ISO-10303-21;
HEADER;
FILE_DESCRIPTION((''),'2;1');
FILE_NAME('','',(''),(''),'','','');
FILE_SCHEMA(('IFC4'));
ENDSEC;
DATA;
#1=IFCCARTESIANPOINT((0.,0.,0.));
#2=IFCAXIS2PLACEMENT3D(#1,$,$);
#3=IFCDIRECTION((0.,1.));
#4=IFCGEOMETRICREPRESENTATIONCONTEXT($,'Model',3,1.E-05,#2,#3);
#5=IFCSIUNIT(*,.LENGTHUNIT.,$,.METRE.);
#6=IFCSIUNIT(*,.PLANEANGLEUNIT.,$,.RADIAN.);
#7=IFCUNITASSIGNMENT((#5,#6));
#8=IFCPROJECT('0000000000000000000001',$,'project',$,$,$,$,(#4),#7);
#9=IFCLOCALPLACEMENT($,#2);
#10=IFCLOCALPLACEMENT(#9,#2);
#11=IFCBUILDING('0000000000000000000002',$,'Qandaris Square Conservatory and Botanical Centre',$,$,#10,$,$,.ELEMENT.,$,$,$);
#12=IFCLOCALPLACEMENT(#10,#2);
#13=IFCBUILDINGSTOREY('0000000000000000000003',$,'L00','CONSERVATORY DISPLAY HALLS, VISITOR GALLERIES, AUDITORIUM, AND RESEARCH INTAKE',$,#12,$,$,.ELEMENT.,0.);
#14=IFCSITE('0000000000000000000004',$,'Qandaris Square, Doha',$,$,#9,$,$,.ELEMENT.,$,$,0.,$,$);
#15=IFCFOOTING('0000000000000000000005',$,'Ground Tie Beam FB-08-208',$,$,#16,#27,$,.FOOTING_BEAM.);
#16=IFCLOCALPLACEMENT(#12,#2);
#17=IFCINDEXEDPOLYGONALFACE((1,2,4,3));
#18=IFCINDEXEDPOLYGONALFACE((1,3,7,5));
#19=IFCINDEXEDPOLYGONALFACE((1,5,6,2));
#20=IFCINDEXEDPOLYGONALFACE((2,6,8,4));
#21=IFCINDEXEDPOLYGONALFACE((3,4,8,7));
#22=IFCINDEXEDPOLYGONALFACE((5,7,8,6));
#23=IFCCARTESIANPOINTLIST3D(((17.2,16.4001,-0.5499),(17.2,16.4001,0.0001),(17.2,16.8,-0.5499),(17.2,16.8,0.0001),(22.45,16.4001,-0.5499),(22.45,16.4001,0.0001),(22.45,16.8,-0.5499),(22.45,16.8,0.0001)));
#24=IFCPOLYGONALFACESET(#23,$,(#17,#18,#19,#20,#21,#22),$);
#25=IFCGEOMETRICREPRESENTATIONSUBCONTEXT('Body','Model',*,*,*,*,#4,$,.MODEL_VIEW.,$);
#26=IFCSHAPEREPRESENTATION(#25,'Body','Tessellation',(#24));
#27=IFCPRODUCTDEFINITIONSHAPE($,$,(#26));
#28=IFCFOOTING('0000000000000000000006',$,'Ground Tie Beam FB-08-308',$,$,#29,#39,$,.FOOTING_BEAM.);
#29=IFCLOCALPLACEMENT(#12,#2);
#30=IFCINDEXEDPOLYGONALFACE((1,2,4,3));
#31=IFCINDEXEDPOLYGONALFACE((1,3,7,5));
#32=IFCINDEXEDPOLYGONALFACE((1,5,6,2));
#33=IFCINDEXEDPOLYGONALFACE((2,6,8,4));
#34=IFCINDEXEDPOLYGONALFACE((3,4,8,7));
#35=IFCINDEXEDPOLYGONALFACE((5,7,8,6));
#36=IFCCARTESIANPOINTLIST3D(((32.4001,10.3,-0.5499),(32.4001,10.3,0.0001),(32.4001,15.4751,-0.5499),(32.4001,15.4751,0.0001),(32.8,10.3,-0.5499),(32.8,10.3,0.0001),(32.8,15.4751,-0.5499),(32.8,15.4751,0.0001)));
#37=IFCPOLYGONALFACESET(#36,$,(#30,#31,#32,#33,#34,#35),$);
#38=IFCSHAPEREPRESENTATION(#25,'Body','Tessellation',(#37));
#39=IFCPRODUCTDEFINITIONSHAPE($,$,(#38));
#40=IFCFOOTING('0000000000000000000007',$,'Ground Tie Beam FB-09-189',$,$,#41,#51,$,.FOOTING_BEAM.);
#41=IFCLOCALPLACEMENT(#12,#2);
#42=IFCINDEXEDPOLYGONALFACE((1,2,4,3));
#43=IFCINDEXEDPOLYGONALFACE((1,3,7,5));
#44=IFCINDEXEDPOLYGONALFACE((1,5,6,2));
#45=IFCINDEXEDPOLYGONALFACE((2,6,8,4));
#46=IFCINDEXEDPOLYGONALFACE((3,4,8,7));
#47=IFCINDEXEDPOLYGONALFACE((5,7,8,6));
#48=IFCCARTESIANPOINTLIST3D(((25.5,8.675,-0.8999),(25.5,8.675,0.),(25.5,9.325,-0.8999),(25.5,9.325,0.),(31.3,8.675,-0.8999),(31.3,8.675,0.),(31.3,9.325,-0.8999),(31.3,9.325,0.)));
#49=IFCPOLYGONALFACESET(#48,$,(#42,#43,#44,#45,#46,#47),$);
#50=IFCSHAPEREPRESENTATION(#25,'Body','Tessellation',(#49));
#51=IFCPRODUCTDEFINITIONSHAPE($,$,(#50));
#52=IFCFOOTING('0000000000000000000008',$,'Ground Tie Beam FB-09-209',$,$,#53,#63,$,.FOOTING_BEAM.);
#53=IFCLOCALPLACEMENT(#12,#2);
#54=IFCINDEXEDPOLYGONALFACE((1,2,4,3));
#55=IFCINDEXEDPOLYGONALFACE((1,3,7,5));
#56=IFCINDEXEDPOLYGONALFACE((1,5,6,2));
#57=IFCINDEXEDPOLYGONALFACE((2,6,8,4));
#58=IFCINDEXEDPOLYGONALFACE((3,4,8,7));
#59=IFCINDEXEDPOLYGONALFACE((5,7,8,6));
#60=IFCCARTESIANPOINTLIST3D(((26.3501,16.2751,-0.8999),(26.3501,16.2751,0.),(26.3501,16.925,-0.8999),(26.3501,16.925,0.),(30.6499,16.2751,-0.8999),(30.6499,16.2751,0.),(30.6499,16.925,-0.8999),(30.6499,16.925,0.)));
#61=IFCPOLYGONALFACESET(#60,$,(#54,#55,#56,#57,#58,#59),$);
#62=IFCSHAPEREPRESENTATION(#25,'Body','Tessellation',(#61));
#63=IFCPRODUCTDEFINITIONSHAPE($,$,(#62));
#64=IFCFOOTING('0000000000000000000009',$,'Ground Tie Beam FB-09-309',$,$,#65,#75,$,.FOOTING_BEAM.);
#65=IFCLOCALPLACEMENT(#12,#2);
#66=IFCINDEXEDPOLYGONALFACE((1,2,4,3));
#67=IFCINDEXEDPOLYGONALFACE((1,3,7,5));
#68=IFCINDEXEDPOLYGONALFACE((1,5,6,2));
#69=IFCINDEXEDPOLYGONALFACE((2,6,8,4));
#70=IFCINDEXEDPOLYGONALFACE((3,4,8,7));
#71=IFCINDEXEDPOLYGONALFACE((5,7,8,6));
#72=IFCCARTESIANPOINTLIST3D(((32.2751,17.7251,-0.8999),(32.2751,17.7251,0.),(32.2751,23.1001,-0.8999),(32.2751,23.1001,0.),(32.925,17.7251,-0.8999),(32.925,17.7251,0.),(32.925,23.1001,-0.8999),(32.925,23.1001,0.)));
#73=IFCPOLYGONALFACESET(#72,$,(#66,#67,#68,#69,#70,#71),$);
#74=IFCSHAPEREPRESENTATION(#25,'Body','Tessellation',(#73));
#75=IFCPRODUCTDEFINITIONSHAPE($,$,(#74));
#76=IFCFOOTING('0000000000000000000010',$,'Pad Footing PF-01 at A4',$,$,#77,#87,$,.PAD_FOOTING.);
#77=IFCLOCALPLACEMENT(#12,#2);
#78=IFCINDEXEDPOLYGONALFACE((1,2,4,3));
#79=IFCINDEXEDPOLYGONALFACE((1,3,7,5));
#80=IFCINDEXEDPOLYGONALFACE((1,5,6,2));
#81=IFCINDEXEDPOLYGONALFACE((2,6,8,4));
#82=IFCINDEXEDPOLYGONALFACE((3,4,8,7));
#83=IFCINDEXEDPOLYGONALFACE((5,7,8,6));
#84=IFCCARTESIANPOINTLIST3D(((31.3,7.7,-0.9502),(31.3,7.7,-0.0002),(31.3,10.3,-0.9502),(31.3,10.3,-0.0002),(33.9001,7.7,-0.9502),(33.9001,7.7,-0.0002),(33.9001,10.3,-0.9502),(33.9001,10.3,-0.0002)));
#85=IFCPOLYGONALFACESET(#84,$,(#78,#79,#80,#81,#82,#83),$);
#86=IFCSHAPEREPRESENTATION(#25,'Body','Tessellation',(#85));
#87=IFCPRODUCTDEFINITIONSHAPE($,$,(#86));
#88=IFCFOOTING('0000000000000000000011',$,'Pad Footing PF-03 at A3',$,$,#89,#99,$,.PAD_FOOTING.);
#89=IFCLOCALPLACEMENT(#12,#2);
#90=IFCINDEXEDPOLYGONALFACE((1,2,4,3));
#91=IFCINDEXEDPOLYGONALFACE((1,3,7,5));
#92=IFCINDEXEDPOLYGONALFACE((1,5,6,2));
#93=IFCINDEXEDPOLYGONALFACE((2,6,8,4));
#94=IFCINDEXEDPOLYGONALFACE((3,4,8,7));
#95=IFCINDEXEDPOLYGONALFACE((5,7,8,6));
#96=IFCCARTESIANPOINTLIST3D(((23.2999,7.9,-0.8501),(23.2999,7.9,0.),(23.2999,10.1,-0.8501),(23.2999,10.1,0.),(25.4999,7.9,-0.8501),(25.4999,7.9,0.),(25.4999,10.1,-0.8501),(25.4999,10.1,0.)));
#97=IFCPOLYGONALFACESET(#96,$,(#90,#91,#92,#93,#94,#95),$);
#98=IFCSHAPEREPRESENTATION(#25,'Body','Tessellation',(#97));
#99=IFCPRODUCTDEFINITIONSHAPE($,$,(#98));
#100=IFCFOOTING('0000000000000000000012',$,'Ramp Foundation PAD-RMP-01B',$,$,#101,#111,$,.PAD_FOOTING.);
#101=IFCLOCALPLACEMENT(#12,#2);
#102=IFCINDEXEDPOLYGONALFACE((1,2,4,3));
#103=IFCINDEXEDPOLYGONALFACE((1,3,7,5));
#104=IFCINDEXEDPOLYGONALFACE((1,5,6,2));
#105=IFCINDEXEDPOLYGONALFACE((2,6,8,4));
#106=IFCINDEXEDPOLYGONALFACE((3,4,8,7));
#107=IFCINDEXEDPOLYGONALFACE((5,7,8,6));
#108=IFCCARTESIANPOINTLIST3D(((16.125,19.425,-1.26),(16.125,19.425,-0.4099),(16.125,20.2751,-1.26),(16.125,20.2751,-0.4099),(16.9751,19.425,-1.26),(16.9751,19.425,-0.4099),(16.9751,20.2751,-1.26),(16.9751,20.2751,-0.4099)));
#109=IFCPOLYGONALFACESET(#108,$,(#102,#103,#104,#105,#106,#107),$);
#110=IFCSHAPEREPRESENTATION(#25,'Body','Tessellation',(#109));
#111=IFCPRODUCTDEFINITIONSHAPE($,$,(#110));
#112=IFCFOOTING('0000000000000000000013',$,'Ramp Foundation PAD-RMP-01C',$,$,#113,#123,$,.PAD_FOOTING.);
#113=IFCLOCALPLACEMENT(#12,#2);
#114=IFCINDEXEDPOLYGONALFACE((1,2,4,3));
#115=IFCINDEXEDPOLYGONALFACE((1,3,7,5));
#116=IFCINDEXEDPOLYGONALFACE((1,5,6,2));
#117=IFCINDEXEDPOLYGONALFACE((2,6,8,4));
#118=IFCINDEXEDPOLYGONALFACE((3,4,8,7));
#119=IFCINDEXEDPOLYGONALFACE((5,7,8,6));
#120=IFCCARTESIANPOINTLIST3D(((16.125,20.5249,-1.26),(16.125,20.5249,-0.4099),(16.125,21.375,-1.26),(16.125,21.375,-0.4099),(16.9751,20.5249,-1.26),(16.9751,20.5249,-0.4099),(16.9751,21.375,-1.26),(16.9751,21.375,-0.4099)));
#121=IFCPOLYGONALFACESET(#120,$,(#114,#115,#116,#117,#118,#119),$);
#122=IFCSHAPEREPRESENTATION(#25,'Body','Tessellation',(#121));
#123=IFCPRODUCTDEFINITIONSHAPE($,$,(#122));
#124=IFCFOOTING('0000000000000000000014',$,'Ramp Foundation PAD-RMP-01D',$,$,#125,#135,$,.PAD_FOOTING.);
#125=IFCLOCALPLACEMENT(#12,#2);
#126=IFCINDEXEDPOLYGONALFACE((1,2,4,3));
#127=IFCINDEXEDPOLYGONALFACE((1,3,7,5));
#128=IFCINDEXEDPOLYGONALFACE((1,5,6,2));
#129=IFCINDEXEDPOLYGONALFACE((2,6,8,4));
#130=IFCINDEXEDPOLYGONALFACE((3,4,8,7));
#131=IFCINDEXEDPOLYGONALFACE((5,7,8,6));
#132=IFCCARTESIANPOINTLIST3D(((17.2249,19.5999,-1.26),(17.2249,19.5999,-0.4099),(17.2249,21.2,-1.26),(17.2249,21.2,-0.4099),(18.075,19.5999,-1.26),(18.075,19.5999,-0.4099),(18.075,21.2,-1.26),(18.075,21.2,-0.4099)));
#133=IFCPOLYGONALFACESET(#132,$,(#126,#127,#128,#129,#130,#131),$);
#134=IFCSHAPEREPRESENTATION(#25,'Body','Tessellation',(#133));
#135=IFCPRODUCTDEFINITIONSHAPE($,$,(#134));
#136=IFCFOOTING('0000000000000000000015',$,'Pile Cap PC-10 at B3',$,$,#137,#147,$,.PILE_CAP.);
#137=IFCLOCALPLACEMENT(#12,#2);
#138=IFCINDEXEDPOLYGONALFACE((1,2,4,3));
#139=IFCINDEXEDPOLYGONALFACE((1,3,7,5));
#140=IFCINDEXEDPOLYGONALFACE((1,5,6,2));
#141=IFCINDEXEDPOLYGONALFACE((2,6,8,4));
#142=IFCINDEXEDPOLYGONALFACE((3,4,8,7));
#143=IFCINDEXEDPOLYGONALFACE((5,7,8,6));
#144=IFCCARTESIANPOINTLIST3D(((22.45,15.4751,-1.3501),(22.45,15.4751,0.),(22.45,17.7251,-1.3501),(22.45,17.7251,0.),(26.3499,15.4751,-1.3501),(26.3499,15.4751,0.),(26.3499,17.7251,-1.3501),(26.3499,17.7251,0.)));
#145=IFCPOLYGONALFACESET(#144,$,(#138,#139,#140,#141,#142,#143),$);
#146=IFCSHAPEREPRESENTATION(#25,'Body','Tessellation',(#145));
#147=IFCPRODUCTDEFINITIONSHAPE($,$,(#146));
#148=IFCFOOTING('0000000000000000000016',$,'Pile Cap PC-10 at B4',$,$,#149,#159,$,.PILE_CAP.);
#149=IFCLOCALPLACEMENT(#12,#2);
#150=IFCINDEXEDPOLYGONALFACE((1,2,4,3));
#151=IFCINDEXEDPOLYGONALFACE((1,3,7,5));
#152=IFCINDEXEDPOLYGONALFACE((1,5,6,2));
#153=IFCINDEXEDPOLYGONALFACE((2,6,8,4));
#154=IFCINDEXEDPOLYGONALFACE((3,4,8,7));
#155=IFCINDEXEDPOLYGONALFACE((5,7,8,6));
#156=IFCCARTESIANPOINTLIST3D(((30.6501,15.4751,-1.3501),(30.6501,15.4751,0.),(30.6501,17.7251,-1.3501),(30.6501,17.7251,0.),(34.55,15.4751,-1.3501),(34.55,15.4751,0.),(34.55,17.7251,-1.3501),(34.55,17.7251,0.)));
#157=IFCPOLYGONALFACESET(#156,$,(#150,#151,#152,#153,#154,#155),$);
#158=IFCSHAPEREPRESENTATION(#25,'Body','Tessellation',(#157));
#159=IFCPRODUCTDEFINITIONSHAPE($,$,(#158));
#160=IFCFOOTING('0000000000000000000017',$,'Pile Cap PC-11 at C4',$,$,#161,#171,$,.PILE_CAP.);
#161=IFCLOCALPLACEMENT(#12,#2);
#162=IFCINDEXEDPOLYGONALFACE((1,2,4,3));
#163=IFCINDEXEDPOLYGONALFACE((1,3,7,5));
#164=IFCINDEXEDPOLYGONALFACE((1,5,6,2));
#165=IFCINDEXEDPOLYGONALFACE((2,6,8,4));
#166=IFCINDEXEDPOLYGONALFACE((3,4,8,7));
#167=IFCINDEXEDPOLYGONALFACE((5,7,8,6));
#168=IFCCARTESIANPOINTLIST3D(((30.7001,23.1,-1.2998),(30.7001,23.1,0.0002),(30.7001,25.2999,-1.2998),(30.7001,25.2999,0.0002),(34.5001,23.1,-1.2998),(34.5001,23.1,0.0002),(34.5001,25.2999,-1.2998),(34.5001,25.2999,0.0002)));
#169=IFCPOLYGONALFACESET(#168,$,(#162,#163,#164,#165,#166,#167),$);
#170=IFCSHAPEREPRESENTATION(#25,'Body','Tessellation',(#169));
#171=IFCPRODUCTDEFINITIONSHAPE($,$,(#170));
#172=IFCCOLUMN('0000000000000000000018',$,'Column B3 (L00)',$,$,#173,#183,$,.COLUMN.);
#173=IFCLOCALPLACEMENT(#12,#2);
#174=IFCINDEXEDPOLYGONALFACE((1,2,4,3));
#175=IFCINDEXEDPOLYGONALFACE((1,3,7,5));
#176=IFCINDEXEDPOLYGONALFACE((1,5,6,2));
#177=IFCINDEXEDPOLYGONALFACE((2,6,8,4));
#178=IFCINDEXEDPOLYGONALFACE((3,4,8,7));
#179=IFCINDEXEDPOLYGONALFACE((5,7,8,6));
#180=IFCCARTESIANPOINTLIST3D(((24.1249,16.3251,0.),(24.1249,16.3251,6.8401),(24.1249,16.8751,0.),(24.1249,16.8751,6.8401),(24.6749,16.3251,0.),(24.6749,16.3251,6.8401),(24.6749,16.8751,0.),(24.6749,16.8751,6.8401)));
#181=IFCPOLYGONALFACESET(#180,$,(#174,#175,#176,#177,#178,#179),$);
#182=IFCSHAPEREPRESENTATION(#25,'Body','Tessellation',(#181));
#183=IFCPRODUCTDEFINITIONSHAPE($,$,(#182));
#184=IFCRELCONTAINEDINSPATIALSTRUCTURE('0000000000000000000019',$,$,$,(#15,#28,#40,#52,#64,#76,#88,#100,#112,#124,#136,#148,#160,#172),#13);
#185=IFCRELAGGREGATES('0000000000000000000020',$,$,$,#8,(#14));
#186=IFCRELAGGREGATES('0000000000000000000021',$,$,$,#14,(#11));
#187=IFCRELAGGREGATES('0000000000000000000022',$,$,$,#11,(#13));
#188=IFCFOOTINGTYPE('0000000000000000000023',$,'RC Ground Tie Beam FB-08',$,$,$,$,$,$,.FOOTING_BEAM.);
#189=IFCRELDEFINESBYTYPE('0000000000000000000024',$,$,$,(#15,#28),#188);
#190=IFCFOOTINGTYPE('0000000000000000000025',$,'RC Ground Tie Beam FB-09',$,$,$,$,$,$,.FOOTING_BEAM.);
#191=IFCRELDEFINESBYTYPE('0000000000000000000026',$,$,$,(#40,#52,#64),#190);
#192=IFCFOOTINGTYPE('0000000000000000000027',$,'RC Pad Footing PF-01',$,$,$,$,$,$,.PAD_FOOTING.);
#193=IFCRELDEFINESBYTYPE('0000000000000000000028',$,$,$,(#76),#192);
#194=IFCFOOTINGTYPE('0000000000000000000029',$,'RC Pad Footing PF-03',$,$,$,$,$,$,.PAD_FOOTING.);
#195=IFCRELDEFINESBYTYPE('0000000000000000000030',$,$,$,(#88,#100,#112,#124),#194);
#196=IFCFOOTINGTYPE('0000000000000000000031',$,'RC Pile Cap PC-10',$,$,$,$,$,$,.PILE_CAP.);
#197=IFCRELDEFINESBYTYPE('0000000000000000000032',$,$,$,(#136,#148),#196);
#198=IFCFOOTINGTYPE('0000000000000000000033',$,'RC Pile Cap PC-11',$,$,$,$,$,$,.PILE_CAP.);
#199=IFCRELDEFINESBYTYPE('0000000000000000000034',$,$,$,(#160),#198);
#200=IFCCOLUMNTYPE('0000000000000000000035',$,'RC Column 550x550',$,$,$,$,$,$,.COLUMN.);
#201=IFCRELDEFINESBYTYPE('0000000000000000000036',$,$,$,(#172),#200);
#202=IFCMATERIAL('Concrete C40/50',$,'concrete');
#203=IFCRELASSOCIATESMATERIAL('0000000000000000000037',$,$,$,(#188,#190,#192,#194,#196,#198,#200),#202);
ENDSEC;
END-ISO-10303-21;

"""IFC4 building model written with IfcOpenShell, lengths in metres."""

from ifc_helpers import new_model, si_unit, direction, frame, origin, origin_2d, place, context, subcontext, project, spatial, rectangle, extrude, material, material_profile, profile_set, type_object, element, save


model = new_model("IFC4")

# Units and contexts
model_context = context("Model", 3, precision=1e-05, world=origin(), true_north=direction((0.0, 1.0)))
body_context = subcontext(model_context, "Body", "Model", "MODEL_VIEW")
ifc_project = project(units=[si_unit("LENGTHUNIT", "METRE"), si_unit("PLANEANGLEUNIT", "RADIAN")], contexts=[model_context])

# Site, building, storey
site_placement = place(None, origin())
site = spatial("IfcSite", under=ifc_project, at=site_placement, Name="Qandaris Square, Doha", CompositionType="ELEMENT", RefElevation=0.0)
building_placement = place(site_placement, origin())
building = spatial("IfcBuilding", under=site, at=building_placement, Name="Qandaris Square Conservatory and Botanical Centre", CompositionType="ELEMENT")
storey_placement = place(building_placement, origin())
storey = spatial("IfcBuildingStorey", under=building, at=storey_placement, Name="L00", Description="CONSERVATORY DISPLAY HALLS, VISITOR GALLERIES, AUDITORIUM, AND RESEARCH INTAKE", CompositionType="ELEMENT", Elevation=0.0)

# Footings
ifc_material_1 = material(Name="Concrete C40/50", Category="concrete")
ifc_material_profile_1 = material_profile(ifc_material_1, rectangle(XDim=0.3999, YDim=0.55, at=origin_2d()), Name="FB 400x550")
ifc_profile_set_1 = profile_set([ifc_material_profile_1], Name="Concrete C40/50")
footing_type_1 = type_object("IfcFootingType", Name="RC Ground Tie Beam FB-08", PredefinedType="FOOTING_BEAM", material=ifc_profile_set_1)
footing_1_placement = place(storey_placement, frame((17.2, 16.6001, -0.2749), z_axis=(1.0, 0.0, 0.0), x_axis=(0.0, 1.0, 0.0)))
element("IfcFooting", 1, at=footing_1_placement, inside=storey, type_object=footing_type_1, Name="Ground Tie Beam FB-08-208", PredefinedType="FOOTING_BEAM", context=body_context, shape_type="SweptSolid", body=[
    extrude(rectangle(XDim=0.3999, YDim=0.55, at=origin_2d()), origin(), (0.0, 0.0, 1.0), 5.25),
])
footing_2_placement = place(storey_placement, frame((32.6001, 10.3, -0.2749), z_axis=(0.0, 1.0, 0.0), x_axis=(-1.0, 0.0, 0.0)))
element("IfcFooting", 2, at=footing_2_placement, inside=storey, type_object=footing_type_1, Name="Ground Tie Beam FB-08-308", PredefinedType="FOOTING_BEAM", context=body_context, shape_type="SweptSolid", body=[
    extrude(rectangle(XDim=0.3999, YDim=0.55, at=origin_2d()), origin(), (0.0, 0.0, 1.0), 5.175),
])
ifc_material_profile_2 = material_profile(ifc_material_1, rectangle(XDim=0.6499, YDim=0.8999, at=origin_2d()), Name="FB 650x900")
ifc_profile_set_2 = profile_set([ifc_material_profile_2], Name="Concrete C40/50")
footing_type_2 = type_object("IfcFootingType", Name="RC Ground Tie Beam FB-09", PredefinedType="FOOTING_BEAM", material=ifc_profile_set_2)
footing_3_placement = place(storey_placement, frame((25.5, 9.0, -0.45), z_axis=(1.0, 0.0, 0.0), x_axis=(0.0, 1.0, 0.0)))
element("IfcFooting", 3, at=footing_3_placement, inside=storey, type_object=footing_type_2, Name="Ground Tie Beam FB-09-189", PredefinedType="FOOTING_BEAM", context=body_context, shape_type="SweptSolid", body=[
    extrude(rectangle(XDim=0.6499, YDim=0.8999, at=origin_2d()), origin(), (0.0, 0.0, 1.0), 5.8),
])
footing_4_placement = place(storey_placement, frame((26.3501, 16.6001, -0.45), z_axis=(1.0, 0.0, 0.0), x_axis=(0.0, 1.0, 0.0)))
element("IfcFooting", 4, at=footing_4_placement, inside=storey, type_object=footing_type_2, Name="Ground Tie Beam FB-09-209", PredefinedType="FOOTING_BEAM", context=body_context, shape_type="SweptSolid", body=[
    extrude(rectangle(XDim=0.6499, YDim=0.8999, at=origin_2d()), origin(), (0.0, 0.0, 1.0), 4.2998),
])
footing_5_placement = place(storey_placement, frame((32.6001, 17.7251, -0.45), z_axis=(0.0, 1.0, 0.0), x_axis=(-1.0, 0.0, 0.0)))
element("IfcFooting", 5, at=footing_5_placement, inside=storey, type_object=footing_type_2, Name="Ground Tie Beam FB-09-309", PredefinedType="FOOTING_BEAM", context=body_context, shape_type="SweptSolid", body=[
    extrude(rectangle(XDim=0.6499, YDim=0.8999, at=origin_2d()), origin(), (0.0, 0.0, 1.0), 5.375),
])
footing_type_3 = type_object("IfcFootingType", Name="RC Pad Footing PF-01", PredefinedType="PAD_FOOTING", material=ifc_material_1)
footing_6_placement = place(storey_placement, frame((32.6001, 9.0, -0.9502), z_axis=(0.0, 0.0, 1.0), x_axis=(1.0, 0.0, 0.0)))
element("IfcFooting", 6, at=footing_6_placement, inside=storey, type_object=footing_type_3, Name="Pad Footing PF-01 at A4", PredefinedType="PAD_FOOTING", context=body_context, shape_type="SweptSolid", body=[
    extrude(rectangle(XDim=2.6001, YDim=2.6001, at=origin_2d()), origin(), (0.0, 0.0, 1.0), 0.95),
])
footing_type_4 = type_object("IfcFootingType", Name="RC Pad Footing PF-03", PredefinedType="PAD_FOOTING", material=ifc_material_1)
footing_7_placement = place(storey_placement, frame((24.3999, 9.0, -0.8501), z_axis=(0.0, 0.0, 1.0), x_axis=(1.0, 0.0, 0.0)))
element("IfcFooting", 7, at=footing_7_placement, inside=storey, type_object=footing_type_4, Name="Pad Footing PF-03 at A3", PredefinedType="PAD_FOOTING", context=body_context, shape_type="SweptSolid", body=[
    extrude(rectangle(XDim=2.2, YDim=2.2, at=origin_2d()), origin(), (0.0, 0.0, 1.0), 0.8501),
])
for number, where, z_axis, x_axis, name in (
    (8, (16.55, 19.8501, -1.26), (0.0, 0.0, 1.0), (1.0, 0.0, 0.0), "Ramp Foundation PAD-RMP-01B"),
    (9, (16.55, 20.95, -1.26), (0.0, 0.0, 1.0), (1.0, 0.0, 0.0), "Ramp Foundation PAD-RMP-01C"),
):
    element("IfcFooting", number, at=place(storey_placement, frame(where, z_axis=z_axis, x_axis=x_axis)), inside=storey, type_object=footing_type_4, Name=name, PredefinedType="PAD_FOOTING", context=body_context, shape_type="SweptSolid", body=[
        extrude(rectangle(XDim=0.8501, YDim=0.8501, at=origin_2d()), origin(), (0.0, 0.0, 1.0), 0.8501),
    ])
footing_8_placement = place(storey_placement, frame((17.6499, 20.3999, -1.26), z_axis=(0.0, 0.0, 1.0), x_axis=(1.0, 0.0, 0.0)))
element("IfcFooting", 10, at=footing_8_placement, inside=storey, type_object=footing_type_4, Name="Ramp Foundation PAD-RMP-01D", PredefinedType="PAD_FOOTING", context=body_context, shape_type="SweptSolid", body=[
    extrude(rectangle(XDim=0.8501, YDim=1.6001, at=origin_2d()), origin(), (0.0, 0.0, 1.0), 0.8501),
])
footing_type_5 = type_object("IfcFootingType", Name="RC Pile Cap PC-10", PredefinedType="PILE_CAP", material=ifc_material_1)
for number, where, z_axis, x_axis, name in (
    (11, (24.3999, 16.6001, -1.3501), (0.0, 0.0, 1.0), (1.0, 0.0, 0.0), "Pile Cap PC-10 at B3"),
    (12, (32.6001, 16.6001, -1.3501), (0.0, 0.0, 1.0), (1.0, 0.0, 0.0), "Pile Cap PC-10 at B4"),
):
    element("IfcFooting", number, at=place(storey_placement, frame(where, z_axis=z_axis, x_axis=x_axis)), inside=storey, type_object=footing_type_5, Name=name, PredefinedType="PILE_CAP", context=body_context, shape_type="SweptSolid", body=[
        extrude(rectangle(XDim=3.8999, YDim=2.25, at=origin_2d()), origin(), (0.0, 0.0, 1.0), 1.3501),
    ])
footing_type_6 = type_object("IfcFootingType", Name="RC Pile Cap PC-11", PredefinedType="PILE_CAP", material=ifc_material_1)
footing_9_placement = place(storey_placement, frame((32.6001, 24.2, -1.2998), z_axis=(0.0, 0.0, 1.0), x_axis=(1.0, 0.0, 0.0)))
element("IfcFooting", 13, at=footing_9_placement, inside=storey, type_object=footing_type_6, Name="Pile Cap PC-11 at C4", PredefinedType="PILE_CAP", context=body_context, shape_type="SweptSolid", body=[
    extrude(rectangle(XDim=3.8, YDim=2.2, at=origin_2d()), origin(), (0.0, 0.0, 1.0), 1.3),
])

# Column
ifc_material_profile_3 = material_profile(ifc_material_1, rectangle(XDim=0.55, YDim=0.55, at=origin_2d()), Name="RC-COL 550x550")
ifc_profile_set_3 = profile_set([ifc_material_profile_3], Name="Concrete C40/50")
column_type_1 = type_object("IfcColumnType", Name="RC Column 550x550", PredefinedType="COLUMN", material=ifc_profile_set_3)
column_placement = place(storey_placement, frame((24.3999, 16.6001, 0.0), z_axis=(0.0, 0.0, 1.0), x_axis=(1.0, 0.0, 0.0)))
element("IfcColumn", 14, at=column_placement, inside=storey, type_object=column_type_1, Name="Column B3 (L00)", PredefinedType="COLUMN", context=body_context, shape_type="SweptSolid", body=[
    extrude(rectangle(XDim=0.55, YDim=0.55, at=origin_2d()), origin(), (0.0, 0.0, 1.0), 6.8401),
])

save(model, "model.ifc")
